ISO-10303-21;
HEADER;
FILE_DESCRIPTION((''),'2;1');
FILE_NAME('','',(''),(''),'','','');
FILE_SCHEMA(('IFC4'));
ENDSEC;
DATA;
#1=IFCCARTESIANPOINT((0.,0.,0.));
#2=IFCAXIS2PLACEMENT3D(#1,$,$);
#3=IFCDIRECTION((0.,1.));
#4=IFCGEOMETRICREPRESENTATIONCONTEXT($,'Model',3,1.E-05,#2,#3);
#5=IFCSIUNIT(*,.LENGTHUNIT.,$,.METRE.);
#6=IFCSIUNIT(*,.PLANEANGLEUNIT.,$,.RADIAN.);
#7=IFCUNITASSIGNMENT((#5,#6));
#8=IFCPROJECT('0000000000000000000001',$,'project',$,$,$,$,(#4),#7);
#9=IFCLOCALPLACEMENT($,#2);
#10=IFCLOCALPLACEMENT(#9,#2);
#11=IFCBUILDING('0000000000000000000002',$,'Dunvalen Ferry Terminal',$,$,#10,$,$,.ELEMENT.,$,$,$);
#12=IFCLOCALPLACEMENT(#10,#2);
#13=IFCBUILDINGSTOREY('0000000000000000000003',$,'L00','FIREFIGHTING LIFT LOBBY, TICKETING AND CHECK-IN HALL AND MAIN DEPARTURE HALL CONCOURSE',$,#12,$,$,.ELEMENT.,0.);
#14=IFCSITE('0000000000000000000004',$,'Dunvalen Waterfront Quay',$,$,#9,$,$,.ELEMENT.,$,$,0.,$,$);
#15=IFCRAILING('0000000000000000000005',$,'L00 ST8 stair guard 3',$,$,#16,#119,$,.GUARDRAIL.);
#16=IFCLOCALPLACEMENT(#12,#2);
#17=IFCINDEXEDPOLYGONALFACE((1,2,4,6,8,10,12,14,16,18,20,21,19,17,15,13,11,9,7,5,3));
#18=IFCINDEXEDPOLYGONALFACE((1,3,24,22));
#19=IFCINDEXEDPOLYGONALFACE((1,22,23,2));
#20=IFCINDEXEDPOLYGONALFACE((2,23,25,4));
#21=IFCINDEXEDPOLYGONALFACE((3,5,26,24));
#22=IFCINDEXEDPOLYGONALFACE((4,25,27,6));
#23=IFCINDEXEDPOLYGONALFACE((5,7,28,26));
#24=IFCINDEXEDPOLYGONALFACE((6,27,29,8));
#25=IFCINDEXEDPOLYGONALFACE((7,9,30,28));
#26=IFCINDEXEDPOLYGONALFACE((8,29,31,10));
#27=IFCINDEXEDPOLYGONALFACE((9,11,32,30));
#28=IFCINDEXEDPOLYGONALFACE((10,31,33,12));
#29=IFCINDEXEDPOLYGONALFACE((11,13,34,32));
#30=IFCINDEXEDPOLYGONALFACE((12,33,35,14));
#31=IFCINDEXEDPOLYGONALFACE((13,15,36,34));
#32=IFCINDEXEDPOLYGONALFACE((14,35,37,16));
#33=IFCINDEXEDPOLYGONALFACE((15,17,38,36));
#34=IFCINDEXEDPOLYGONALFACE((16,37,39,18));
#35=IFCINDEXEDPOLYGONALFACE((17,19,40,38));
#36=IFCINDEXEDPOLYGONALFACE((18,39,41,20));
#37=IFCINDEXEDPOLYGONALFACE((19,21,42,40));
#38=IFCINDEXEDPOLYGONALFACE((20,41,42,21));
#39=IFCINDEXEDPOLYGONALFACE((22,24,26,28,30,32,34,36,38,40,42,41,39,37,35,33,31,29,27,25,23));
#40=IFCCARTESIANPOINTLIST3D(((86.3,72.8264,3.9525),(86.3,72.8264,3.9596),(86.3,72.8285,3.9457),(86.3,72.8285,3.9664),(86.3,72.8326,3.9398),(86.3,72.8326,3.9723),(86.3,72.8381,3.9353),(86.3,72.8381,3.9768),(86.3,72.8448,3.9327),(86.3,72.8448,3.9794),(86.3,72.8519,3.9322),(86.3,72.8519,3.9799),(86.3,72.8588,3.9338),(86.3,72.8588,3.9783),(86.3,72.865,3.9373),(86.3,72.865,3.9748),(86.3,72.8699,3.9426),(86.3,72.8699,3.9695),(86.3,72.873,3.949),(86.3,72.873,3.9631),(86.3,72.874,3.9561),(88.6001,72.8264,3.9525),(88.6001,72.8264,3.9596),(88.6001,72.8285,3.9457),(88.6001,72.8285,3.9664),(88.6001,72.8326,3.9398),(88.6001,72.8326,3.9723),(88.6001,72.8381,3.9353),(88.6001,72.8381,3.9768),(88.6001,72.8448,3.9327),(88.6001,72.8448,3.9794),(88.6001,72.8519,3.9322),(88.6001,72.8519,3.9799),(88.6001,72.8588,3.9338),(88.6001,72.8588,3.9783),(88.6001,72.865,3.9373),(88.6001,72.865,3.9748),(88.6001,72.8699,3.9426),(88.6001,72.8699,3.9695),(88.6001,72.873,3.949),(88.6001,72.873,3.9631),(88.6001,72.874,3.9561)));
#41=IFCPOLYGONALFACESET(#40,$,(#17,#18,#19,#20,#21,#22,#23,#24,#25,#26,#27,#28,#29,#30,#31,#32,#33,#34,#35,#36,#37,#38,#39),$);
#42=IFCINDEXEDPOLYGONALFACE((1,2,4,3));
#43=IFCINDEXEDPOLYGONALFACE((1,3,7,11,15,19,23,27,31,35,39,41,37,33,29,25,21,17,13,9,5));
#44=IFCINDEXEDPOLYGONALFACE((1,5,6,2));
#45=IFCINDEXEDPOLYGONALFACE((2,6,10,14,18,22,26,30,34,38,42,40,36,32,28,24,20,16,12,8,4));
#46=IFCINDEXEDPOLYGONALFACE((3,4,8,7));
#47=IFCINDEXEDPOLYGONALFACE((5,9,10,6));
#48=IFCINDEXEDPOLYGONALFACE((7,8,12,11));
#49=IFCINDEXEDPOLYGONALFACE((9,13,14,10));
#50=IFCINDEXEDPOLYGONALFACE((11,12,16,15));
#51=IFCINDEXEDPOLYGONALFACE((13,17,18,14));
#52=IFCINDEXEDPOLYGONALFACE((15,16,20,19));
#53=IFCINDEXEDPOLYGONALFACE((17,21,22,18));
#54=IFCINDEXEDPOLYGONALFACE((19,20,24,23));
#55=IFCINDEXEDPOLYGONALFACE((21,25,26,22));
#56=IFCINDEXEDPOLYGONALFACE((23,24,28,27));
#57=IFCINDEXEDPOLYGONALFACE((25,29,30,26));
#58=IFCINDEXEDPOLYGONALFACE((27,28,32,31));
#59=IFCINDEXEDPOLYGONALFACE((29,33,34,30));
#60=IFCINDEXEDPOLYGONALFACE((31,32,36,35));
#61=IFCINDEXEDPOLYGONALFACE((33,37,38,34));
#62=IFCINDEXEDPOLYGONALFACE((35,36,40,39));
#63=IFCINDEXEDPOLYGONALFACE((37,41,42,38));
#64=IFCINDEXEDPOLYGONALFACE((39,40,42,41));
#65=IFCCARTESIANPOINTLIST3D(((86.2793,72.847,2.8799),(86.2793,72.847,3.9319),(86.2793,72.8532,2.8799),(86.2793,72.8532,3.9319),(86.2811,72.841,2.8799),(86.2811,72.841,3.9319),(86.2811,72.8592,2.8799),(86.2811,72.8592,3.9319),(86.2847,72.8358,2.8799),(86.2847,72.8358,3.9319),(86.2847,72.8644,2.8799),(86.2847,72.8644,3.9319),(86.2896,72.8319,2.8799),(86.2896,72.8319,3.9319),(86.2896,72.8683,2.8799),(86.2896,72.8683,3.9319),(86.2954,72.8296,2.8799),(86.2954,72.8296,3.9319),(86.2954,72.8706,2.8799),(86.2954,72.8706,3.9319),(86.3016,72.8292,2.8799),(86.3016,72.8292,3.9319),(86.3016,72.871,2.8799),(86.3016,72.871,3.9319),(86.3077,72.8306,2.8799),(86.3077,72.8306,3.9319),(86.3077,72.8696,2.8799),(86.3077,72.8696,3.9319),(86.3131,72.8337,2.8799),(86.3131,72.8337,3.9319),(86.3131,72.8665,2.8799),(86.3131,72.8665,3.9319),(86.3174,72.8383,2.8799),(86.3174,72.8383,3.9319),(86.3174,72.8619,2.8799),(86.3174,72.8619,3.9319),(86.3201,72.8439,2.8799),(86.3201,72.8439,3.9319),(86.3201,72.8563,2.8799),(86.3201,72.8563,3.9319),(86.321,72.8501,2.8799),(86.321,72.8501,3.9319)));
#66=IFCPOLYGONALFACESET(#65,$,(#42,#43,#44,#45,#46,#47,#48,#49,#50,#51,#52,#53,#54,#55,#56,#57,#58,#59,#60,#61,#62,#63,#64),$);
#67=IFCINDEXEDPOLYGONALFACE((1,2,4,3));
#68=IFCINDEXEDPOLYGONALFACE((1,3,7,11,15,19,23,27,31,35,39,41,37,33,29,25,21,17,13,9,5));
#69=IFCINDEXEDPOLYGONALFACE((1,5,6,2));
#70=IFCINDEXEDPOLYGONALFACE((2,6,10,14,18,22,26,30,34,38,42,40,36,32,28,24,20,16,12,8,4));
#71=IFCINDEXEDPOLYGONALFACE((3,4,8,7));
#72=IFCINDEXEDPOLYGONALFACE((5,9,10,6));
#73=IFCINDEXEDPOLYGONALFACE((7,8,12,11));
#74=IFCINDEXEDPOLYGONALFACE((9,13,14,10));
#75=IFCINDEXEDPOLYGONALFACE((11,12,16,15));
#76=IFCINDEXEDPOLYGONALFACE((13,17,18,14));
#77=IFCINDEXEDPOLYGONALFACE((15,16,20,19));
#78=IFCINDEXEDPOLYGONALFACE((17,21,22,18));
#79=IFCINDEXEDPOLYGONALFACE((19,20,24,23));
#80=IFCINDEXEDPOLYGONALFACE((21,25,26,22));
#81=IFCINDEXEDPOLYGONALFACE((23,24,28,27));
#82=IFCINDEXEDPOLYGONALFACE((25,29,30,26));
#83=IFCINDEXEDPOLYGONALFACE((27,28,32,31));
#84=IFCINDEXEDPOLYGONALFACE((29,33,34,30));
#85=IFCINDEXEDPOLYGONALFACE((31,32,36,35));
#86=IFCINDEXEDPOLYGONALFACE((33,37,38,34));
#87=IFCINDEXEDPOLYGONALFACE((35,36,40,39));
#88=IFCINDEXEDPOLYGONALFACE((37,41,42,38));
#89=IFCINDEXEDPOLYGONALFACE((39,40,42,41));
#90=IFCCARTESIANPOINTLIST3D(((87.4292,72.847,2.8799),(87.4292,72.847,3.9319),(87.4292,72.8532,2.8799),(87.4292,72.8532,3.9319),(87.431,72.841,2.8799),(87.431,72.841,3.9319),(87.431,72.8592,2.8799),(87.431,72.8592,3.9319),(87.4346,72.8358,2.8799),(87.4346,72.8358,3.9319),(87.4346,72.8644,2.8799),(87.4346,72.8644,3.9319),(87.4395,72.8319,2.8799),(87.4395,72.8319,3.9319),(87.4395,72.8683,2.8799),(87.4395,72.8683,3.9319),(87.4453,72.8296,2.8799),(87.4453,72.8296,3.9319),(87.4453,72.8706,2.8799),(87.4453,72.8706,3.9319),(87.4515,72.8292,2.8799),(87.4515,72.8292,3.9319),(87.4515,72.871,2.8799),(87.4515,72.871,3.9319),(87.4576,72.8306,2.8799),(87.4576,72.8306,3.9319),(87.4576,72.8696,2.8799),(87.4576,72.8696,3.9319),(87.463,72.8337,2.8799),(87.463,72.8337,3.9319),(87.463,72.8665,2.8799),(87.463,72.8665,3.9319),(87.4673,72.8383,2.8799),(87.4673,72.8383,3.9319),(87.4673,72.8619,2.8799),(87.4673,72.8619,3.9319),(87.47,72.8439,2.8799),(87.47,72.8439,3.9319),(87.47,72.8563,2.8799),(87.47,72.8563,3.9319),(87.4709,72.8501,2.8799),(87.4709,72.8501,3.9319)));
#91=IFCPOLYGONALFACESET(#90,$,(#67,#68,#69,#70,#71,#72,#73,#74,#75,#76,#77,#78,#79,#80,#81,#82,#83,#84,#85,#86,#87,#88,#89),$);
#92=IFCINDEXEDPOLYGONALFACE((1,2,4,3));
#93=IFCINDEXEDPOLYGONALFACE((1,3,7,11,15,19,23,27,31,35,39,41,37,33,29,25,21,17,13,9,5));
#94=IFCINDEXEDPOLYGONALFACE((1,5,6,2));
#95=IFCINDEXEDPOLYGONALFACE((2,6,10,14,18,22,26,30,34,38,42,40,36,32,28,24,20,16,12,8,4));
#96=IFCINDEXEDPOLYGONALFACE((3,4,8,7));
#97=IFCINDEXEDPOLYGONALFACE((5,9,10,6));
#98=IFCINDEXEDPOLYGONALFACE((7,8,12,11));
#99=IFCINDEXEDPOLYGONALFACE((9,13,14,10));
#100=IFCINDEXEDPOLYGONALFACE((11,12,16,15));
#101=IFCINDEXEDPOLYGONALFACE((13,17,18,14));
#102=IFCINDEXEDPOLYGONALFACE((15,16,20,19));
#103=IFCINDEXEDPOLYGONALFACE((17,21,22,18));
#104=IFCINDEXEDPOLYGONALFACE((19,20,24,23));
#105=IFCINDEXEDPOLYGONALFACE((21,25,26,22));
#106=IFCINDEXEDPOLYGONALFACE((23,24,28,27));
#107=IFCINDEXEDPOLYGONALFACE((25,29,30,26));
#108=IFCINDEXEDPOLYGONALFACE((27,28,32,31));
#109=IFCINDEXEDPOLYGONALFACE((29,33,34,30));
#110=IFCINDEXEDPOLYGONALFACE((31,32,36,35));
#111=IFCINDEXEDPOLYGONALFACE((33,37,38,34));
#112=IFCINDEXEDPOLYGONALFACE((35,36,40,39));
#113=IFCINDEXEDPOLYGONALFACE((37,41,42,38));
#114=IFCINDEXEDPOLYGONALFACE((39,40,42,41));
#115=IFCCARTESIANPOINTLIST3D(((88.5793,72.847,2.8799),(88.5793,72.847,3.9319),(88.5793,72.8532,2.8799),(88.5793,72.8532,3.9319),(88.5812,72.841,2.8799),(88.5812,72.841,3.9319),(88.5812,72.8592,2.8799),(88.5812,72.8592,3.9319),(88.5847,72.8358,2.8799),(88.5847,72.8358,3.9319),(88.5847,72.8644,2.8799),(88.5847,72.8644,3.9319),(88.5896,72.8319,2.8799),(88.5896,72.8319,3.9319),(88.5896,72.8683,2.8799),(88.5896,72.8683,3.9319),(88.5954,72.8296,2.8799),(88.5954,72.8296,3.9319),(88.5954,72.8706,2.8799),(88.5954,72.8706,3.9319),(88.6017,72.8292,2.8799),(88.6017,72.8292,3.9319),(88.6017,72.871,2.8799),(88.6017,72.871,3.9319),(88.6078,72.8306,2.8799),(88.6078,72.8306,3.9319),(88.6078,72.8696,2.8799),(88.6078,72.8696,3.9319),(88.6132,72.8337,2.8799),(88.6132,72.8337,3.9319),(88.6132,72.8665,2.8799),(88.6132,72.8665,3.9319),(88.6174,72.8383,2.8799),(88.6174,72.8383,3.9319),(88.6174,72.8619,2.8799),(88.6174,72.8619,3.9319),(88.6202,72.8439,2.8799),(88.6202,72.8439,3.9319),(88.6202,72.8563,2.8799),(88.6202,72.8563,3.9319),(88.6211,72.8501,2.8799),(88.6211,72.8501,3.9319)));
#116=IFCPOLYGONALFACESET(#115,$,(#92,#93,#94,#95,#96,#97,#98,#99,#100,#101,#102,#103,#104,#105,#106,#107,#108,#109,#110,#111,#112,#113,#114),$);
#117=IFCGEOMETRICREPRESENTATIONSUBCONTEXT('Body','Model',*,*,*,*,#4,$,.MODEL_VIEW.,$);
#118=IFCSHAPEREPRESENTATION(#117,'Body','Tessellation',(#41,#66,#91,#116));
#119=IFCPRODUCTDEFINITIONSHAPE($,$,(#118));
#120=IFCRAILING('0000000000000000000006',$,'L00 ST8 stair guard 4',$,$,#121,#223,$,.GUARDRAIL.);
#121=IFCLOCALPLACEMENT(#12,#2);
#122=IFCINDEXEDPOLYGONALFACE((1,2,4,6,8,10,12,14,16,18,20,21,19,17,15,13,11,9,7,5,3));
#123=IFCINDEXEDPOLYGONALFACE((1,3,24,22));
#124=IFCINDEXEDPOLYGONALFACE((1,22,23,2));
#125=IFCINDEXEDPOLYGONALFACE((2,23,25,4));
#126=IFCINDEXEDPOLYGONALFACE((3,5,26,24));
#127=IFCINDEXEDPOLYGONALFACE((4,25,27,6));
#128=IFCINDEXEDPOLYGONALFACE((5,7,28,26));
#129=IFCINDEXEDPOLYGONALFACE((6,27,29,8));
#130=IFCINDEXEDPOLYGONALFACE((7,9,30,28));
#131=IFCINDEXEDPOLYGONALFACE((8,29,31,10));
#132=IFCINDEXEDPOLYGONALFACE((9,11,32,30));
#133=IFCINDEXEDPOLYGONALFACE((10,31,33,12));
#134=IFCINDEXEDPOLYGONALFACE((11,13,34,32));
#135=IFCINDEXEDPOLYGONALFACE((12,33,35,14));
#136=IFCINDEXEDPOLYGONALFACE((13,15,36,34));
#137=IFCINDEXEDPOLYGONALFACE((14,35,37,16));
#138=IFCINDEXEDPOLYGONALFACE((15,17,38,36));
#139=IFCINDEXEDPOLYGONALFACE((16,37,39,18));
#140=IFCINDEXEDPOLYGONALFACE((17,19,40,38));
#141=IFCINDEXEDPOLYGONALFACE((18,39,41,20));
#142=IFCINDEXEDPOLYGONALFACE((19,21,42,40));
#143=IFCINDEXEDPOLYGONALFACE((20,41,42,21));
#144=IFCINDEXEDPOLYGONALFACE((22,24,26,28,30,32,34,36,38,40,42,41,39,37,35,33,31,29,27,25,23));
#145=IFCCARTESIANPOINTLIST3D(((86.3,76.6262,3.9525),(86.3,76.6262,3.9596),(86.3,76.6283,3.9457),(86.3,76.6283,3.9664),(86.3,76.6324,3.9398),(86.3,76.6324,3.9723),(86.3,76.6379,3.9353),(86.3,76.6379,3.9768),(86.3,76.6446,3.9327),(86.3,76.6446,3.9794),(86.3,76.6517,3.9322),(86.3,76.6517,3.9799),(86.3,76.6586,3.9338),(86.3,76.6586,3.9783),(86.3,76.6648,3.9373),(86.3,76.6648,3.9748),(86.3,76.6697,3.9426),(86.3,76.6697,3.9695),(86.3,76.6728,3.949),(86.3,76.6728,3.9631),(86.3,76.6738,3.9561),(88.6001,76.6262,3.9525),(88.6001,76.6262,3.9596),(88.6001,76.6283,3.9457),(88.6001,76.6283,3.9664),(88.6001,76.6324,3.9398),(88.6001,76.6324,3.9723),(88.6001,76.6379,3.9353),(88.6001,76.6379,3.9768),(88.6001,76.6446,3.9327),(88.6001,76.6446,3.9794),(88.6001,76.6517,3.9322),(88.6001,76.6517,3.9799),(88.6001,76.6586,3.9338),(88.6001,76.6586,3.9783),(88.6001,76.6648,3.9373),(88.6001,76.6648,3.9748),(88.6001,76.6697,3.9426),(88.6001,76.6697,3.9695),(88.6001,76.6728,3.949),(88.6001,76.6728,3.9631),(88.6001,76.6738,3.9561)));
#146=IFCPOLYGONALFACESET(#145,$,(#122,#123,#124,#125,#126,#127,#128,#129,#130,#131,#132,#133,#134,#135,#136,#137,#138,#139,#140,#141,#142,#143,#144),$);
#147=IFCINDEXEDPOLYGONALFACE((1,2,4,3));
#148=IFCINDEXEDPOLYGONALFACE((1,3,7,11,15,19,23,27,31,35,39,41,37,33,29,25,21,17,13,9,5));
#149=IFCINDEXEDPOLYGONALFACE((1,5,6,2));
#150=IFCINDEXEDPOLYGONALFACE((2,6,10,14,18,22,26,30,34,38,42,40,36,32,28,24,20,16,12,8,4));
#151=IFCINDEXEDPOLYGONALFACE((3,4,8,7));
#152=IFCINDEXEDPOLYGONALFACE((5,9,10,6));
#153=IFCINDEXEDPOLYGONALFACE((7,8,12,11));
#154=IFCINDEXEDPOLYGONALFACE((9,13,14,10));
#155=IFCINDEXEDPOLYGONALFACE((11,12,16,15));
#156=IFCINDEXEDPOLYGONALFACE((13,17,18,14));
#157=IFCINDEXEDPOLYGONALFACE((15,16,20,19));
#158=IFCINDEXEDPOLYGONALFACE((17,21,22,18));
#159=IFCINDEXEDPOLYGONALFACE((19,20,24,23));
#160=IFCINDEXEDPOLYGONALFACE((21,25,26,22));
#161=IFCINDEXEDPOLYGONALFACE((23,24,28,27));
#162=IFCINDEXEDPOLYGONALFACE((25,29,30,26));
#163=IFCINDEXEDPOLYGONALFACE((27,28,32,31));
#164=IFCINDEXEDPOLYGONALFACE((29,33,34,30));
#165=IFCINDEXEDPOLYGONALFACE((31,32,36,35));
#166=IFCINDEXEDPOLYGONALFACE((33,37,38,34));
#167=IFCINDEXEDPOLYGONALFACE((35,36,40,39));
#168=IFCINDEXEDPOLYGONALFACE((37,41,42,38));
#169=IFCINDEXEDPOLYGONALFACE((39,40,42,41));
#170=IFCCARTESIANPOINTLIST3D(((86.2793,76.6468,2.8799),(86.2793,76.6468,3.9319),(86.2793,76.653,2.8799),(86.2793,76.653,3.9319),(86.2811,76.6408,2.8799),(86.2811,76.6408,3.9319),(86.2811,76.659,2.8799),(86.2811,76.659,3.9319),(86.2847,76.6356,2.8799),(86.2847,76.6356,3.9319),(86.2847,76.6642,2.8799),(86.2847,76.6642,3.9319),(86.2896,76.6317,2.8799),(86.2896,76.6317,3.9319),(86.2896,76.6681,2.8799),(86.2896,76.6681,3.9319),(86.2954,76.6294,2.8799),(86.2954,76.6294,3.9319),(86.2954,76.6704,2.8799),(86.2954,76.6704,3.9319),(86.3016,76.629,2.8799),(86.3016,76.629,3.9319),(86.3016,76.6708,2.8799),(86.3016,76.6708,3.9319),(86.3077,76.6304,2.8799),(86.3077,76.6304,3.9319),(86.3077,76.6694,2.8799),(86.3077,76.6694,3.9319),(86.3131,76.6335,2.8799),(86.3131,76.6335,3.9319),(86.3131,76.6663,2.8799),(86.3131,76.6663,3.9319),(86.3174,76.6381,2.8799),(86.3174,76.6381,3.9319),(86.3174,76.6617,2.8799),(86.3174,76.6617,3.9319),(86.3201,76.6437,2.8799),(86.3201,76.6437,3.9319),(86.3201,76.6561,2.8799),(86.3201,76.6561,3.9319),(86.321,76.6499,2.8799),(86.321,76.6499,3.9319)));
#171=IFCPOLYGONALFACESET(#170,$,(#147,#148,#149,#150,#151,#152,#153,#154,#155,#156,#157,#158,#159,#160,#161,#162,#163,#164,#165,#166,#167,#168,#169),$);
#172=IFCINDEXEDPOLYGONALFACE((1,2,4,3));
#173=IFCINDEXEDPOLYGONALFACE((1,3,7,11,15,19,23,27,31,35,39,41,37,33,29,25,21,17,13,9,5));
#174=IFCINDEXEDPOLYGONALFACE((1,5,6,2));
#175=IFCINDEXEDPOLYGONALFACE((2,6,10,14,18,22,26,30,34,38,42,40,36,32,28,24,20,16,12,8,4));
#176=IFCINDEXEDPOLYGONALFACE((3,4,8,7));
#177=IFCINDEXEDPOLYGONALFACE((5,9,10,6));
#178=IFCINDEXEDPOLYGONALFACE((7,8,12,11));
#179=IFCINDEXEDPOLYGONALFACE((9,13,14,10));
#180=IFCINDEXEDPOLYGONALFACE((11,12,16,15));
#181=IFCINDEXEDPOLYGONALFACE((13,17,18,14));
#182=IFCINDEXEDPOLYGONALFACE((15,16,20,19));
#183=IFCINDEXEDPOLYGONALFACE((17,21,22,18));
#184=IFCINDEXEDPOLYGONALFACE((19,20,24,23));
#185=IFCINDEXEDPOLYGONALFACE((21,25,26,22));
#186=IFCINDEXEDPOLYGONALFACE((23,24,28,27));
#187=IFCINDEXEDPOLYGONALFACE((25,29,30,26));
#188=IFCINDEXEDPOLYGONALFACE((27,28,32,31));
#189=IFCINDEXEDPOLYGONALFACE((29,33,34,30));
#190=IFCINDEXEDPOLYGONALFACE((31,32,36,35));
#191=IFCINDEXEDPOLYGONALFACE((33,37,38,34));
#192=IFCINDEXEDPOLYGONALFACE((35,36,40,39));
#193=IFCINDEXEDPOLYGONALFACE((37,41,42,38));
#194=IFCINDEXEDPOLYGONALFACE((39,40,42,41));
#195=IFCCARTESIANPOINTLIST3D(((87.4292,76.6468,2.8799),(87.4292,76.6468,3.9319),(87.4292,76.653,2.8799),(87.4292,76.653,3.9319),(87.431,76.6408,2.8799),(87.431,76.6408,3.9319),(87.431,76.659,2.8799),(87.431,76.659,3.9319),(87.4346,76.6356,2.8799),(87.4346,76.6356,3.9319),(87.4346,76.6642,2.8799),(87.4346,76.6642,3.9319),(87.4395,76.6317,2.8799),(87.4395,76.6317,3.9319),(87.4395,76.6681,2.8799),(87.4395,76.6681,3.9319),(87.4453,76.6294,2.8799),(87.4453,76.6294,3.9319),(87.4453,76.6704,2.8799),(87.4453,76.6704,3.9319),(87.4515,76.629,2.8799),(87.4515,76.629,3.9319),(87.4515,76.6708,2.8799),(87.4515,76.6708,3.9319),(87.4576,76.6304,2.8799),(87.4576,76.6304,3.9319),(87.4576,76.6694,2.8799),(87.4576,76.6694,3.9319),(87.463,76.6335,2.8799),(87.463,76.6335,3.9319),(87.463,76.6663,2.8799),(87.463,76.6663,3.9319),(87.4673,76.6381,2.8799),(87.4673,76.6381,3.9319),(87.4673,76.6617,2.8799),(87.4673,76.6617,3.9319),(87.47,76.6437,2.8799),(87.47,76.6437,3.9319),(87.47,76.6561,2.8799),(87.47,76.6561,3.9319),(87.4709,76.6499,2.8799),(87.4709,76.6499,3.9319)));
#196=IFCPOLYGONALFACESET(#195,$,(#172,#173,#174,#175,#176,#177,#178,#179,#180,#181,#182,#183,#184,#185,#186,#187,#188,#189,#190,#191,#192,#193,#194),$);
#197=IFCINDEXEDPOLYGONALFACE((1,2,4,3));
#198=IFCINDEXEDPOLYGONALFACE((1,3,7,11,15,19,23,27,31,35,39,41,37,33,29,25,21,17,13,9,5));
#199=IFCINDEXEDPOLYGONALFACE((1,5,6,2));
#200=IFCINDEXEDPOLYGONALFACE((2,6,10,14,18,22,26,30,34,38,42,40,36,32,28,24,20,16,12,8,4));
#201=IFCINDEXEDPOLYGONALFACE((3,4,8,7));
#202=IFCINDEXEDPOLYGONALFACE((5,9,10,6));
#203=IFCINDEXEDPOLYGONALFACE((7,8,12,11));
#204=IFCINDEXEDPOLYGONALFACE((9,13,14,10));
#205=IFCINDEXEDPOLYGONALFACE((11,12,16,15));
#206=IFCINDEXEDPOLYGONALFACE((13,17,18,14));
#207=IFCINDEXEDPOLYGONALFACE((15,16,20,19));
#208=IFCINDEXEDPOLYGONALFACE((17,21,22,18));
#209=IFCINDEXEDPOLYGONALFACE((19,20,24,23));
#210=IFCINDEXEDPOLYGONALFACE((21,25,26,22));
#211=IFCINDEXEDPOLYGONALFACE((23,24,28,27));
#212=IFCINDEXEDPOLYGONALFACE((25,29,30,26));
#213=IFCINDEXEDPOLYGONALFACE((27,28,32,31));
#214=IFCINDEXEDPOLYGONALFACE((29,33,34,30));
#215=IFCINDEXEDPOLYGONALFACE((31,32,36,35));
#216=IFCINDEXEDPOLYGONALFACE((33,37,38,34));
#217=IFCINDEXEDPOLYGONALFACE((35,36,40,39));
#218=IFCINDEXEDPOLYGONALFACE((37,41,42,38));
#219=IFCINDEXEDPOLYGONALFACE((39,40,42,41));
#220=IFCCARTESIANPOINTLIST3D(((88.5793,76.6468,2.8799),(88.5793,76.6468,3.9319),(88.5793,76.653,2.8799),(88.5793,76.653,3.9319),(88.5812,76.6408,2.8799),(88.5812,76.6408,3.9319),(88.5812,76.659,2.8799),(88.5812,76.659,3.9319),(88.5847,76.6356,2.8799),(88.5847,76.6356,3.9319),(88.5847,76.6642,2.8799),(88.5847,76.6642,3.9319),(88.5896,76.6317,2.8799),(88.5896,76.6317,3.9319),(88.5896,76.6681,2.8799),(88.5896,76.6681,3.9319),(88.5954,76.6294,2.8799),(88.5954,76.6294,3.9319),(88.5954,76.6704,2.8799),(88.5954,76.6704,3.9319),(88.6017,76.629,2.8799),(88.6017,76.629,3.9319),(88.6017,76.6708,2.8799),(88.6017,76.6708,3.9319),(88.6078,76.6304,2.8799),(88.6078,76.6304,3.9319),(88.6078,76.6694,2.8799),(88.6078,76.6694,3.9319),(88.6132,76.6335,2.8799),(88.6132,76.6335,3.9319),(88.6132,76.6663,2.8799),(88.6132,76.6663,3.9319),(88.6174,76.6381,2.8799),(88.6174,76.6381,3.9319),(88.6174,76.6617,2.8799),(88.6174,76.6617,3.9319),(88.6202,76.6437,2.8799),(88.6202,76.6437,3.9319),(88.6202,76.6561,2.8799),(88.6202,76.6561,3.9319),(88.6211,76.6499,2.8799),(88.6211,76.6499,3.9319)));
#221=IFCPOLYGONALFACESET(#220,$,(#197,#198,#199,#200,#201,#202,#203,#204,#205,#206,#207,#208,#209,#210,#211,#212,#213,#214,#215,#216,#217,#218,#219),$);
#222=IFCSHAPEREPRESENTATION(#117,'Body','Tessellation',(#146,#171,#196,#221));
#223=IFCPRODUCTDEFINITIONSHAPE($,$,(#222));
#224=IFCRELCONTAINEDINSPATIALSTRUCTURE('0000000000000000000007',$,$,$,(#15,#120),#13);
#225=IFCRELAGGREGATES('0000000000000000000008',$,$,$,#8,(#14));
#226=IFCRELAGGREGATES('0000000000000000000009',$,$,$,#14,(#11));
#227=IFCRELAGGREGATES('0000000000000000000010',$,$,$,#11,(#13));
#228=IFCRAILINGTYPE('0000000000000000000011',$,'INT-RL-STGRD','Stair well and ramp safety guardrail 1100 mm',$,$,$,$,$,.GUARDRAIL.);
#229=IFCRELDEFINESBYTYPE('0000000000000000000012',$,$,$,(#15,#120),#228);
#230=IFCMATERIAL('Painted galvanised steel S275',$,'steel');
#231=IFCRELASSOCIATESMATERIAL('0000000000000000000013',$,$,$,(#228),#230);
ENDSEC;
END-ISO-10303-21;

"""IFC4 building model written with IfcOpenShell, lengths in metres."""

from ifc_helpers import new_model, si_unit, direction, frame, origin, origin_2d, place, context, subcontext, project, spatial, circle, extrude, material, type_object, element, save


model = new_model("IFC4")

# Units and contexts
model_context = context("Model", 3, precision=1e-05, world=origin(), true_north=direction((0.0, 1.0)))
body_context = subcontext(model_context, "Body", "Model", "MODEL_VIEW")
ifc_project = project(units=[si_unit("LENGTHUNIT", "METRE"), si_unit("PLANEANGLEUNIT", "RADIAN")], contexts=[model_context])

# Site, building, storey
site_placement = place(None, origin())
site = spatial("IfcSite", under=ifc_project, at=site_placement, Name="Dunvalen Waterfront Quay", CompositionType="ELEMENT", RefElevation=0.0)
building_placement = place(site_placement, origin())
building = spatial("IfcBuilding", under=site, at=building_placement, Name="Dunvalen Ferry Terminal", CompositionType="ELEMENT")
storey_placement = place(building_placement, origin())
storey = spatial("IfcBuildingStorey", under=building, at=storey_placement, Name="L00", Description="FIREFIGHTING LIFT LOBBY, TICKETING AND CHECK-IN HALL AND MAIN DEPARTURE HALL CONCOURSE", CompositionType="ELEMENT", Elevation=0.0)

# Railings
ifc_material_1 = material(Name="Painted galvanised steel S275", Category="steel")
railing_type_1 = type_object("IfcRailingType", Name="INT-RL-STGRD", Description="Stair well and ramp safety guardrail 1100 mm", PredefinedType="GUARDRAIL", material=ifc_material_1)
for number, where, name in (
    (1, (86.3, 72.8501, 2.8799), "L00 ST8 stair guard 3"),
    (2, (86.3, 76.6499, 2.8799), "L00 ST8 stair guard 4"),
):
    element("IfcRailing", number, at=place(storey_placement, frame(where)), inside=storey, type_object=railing_type_1, Name=name, PredefinedType="GUARDRAIL", context=body_context, shape_type="SweptSolid", body=[
        extrude(circle(Radius=0.0239, at=origin_2d()), frame((0.0, 0.0, 1.0762), z_axis=(1.0, 0.0, 0.0), x_axis=(0.0, 1.0, 0.0)), (0.0, 0.0, 1.0), 2.3),
        extrude(circle(Radius=0.021, at=origin_2d()), origin(), (0.0, 0.0, 1.0), 1.052),
        extrude(circle(Radius=0.021, at=origin_2d()), frame((1.1499, 0.0, 0.0)), (0.0, 0.0, 1.0), 1.052),
        extrude(circle(Radius=0.021, at=origin_2d()), frame((2.3, 0.0, 0.0)), (0.0, 0.0, 1.0), 1.052),
    ])

save(model, "model.ifc")
